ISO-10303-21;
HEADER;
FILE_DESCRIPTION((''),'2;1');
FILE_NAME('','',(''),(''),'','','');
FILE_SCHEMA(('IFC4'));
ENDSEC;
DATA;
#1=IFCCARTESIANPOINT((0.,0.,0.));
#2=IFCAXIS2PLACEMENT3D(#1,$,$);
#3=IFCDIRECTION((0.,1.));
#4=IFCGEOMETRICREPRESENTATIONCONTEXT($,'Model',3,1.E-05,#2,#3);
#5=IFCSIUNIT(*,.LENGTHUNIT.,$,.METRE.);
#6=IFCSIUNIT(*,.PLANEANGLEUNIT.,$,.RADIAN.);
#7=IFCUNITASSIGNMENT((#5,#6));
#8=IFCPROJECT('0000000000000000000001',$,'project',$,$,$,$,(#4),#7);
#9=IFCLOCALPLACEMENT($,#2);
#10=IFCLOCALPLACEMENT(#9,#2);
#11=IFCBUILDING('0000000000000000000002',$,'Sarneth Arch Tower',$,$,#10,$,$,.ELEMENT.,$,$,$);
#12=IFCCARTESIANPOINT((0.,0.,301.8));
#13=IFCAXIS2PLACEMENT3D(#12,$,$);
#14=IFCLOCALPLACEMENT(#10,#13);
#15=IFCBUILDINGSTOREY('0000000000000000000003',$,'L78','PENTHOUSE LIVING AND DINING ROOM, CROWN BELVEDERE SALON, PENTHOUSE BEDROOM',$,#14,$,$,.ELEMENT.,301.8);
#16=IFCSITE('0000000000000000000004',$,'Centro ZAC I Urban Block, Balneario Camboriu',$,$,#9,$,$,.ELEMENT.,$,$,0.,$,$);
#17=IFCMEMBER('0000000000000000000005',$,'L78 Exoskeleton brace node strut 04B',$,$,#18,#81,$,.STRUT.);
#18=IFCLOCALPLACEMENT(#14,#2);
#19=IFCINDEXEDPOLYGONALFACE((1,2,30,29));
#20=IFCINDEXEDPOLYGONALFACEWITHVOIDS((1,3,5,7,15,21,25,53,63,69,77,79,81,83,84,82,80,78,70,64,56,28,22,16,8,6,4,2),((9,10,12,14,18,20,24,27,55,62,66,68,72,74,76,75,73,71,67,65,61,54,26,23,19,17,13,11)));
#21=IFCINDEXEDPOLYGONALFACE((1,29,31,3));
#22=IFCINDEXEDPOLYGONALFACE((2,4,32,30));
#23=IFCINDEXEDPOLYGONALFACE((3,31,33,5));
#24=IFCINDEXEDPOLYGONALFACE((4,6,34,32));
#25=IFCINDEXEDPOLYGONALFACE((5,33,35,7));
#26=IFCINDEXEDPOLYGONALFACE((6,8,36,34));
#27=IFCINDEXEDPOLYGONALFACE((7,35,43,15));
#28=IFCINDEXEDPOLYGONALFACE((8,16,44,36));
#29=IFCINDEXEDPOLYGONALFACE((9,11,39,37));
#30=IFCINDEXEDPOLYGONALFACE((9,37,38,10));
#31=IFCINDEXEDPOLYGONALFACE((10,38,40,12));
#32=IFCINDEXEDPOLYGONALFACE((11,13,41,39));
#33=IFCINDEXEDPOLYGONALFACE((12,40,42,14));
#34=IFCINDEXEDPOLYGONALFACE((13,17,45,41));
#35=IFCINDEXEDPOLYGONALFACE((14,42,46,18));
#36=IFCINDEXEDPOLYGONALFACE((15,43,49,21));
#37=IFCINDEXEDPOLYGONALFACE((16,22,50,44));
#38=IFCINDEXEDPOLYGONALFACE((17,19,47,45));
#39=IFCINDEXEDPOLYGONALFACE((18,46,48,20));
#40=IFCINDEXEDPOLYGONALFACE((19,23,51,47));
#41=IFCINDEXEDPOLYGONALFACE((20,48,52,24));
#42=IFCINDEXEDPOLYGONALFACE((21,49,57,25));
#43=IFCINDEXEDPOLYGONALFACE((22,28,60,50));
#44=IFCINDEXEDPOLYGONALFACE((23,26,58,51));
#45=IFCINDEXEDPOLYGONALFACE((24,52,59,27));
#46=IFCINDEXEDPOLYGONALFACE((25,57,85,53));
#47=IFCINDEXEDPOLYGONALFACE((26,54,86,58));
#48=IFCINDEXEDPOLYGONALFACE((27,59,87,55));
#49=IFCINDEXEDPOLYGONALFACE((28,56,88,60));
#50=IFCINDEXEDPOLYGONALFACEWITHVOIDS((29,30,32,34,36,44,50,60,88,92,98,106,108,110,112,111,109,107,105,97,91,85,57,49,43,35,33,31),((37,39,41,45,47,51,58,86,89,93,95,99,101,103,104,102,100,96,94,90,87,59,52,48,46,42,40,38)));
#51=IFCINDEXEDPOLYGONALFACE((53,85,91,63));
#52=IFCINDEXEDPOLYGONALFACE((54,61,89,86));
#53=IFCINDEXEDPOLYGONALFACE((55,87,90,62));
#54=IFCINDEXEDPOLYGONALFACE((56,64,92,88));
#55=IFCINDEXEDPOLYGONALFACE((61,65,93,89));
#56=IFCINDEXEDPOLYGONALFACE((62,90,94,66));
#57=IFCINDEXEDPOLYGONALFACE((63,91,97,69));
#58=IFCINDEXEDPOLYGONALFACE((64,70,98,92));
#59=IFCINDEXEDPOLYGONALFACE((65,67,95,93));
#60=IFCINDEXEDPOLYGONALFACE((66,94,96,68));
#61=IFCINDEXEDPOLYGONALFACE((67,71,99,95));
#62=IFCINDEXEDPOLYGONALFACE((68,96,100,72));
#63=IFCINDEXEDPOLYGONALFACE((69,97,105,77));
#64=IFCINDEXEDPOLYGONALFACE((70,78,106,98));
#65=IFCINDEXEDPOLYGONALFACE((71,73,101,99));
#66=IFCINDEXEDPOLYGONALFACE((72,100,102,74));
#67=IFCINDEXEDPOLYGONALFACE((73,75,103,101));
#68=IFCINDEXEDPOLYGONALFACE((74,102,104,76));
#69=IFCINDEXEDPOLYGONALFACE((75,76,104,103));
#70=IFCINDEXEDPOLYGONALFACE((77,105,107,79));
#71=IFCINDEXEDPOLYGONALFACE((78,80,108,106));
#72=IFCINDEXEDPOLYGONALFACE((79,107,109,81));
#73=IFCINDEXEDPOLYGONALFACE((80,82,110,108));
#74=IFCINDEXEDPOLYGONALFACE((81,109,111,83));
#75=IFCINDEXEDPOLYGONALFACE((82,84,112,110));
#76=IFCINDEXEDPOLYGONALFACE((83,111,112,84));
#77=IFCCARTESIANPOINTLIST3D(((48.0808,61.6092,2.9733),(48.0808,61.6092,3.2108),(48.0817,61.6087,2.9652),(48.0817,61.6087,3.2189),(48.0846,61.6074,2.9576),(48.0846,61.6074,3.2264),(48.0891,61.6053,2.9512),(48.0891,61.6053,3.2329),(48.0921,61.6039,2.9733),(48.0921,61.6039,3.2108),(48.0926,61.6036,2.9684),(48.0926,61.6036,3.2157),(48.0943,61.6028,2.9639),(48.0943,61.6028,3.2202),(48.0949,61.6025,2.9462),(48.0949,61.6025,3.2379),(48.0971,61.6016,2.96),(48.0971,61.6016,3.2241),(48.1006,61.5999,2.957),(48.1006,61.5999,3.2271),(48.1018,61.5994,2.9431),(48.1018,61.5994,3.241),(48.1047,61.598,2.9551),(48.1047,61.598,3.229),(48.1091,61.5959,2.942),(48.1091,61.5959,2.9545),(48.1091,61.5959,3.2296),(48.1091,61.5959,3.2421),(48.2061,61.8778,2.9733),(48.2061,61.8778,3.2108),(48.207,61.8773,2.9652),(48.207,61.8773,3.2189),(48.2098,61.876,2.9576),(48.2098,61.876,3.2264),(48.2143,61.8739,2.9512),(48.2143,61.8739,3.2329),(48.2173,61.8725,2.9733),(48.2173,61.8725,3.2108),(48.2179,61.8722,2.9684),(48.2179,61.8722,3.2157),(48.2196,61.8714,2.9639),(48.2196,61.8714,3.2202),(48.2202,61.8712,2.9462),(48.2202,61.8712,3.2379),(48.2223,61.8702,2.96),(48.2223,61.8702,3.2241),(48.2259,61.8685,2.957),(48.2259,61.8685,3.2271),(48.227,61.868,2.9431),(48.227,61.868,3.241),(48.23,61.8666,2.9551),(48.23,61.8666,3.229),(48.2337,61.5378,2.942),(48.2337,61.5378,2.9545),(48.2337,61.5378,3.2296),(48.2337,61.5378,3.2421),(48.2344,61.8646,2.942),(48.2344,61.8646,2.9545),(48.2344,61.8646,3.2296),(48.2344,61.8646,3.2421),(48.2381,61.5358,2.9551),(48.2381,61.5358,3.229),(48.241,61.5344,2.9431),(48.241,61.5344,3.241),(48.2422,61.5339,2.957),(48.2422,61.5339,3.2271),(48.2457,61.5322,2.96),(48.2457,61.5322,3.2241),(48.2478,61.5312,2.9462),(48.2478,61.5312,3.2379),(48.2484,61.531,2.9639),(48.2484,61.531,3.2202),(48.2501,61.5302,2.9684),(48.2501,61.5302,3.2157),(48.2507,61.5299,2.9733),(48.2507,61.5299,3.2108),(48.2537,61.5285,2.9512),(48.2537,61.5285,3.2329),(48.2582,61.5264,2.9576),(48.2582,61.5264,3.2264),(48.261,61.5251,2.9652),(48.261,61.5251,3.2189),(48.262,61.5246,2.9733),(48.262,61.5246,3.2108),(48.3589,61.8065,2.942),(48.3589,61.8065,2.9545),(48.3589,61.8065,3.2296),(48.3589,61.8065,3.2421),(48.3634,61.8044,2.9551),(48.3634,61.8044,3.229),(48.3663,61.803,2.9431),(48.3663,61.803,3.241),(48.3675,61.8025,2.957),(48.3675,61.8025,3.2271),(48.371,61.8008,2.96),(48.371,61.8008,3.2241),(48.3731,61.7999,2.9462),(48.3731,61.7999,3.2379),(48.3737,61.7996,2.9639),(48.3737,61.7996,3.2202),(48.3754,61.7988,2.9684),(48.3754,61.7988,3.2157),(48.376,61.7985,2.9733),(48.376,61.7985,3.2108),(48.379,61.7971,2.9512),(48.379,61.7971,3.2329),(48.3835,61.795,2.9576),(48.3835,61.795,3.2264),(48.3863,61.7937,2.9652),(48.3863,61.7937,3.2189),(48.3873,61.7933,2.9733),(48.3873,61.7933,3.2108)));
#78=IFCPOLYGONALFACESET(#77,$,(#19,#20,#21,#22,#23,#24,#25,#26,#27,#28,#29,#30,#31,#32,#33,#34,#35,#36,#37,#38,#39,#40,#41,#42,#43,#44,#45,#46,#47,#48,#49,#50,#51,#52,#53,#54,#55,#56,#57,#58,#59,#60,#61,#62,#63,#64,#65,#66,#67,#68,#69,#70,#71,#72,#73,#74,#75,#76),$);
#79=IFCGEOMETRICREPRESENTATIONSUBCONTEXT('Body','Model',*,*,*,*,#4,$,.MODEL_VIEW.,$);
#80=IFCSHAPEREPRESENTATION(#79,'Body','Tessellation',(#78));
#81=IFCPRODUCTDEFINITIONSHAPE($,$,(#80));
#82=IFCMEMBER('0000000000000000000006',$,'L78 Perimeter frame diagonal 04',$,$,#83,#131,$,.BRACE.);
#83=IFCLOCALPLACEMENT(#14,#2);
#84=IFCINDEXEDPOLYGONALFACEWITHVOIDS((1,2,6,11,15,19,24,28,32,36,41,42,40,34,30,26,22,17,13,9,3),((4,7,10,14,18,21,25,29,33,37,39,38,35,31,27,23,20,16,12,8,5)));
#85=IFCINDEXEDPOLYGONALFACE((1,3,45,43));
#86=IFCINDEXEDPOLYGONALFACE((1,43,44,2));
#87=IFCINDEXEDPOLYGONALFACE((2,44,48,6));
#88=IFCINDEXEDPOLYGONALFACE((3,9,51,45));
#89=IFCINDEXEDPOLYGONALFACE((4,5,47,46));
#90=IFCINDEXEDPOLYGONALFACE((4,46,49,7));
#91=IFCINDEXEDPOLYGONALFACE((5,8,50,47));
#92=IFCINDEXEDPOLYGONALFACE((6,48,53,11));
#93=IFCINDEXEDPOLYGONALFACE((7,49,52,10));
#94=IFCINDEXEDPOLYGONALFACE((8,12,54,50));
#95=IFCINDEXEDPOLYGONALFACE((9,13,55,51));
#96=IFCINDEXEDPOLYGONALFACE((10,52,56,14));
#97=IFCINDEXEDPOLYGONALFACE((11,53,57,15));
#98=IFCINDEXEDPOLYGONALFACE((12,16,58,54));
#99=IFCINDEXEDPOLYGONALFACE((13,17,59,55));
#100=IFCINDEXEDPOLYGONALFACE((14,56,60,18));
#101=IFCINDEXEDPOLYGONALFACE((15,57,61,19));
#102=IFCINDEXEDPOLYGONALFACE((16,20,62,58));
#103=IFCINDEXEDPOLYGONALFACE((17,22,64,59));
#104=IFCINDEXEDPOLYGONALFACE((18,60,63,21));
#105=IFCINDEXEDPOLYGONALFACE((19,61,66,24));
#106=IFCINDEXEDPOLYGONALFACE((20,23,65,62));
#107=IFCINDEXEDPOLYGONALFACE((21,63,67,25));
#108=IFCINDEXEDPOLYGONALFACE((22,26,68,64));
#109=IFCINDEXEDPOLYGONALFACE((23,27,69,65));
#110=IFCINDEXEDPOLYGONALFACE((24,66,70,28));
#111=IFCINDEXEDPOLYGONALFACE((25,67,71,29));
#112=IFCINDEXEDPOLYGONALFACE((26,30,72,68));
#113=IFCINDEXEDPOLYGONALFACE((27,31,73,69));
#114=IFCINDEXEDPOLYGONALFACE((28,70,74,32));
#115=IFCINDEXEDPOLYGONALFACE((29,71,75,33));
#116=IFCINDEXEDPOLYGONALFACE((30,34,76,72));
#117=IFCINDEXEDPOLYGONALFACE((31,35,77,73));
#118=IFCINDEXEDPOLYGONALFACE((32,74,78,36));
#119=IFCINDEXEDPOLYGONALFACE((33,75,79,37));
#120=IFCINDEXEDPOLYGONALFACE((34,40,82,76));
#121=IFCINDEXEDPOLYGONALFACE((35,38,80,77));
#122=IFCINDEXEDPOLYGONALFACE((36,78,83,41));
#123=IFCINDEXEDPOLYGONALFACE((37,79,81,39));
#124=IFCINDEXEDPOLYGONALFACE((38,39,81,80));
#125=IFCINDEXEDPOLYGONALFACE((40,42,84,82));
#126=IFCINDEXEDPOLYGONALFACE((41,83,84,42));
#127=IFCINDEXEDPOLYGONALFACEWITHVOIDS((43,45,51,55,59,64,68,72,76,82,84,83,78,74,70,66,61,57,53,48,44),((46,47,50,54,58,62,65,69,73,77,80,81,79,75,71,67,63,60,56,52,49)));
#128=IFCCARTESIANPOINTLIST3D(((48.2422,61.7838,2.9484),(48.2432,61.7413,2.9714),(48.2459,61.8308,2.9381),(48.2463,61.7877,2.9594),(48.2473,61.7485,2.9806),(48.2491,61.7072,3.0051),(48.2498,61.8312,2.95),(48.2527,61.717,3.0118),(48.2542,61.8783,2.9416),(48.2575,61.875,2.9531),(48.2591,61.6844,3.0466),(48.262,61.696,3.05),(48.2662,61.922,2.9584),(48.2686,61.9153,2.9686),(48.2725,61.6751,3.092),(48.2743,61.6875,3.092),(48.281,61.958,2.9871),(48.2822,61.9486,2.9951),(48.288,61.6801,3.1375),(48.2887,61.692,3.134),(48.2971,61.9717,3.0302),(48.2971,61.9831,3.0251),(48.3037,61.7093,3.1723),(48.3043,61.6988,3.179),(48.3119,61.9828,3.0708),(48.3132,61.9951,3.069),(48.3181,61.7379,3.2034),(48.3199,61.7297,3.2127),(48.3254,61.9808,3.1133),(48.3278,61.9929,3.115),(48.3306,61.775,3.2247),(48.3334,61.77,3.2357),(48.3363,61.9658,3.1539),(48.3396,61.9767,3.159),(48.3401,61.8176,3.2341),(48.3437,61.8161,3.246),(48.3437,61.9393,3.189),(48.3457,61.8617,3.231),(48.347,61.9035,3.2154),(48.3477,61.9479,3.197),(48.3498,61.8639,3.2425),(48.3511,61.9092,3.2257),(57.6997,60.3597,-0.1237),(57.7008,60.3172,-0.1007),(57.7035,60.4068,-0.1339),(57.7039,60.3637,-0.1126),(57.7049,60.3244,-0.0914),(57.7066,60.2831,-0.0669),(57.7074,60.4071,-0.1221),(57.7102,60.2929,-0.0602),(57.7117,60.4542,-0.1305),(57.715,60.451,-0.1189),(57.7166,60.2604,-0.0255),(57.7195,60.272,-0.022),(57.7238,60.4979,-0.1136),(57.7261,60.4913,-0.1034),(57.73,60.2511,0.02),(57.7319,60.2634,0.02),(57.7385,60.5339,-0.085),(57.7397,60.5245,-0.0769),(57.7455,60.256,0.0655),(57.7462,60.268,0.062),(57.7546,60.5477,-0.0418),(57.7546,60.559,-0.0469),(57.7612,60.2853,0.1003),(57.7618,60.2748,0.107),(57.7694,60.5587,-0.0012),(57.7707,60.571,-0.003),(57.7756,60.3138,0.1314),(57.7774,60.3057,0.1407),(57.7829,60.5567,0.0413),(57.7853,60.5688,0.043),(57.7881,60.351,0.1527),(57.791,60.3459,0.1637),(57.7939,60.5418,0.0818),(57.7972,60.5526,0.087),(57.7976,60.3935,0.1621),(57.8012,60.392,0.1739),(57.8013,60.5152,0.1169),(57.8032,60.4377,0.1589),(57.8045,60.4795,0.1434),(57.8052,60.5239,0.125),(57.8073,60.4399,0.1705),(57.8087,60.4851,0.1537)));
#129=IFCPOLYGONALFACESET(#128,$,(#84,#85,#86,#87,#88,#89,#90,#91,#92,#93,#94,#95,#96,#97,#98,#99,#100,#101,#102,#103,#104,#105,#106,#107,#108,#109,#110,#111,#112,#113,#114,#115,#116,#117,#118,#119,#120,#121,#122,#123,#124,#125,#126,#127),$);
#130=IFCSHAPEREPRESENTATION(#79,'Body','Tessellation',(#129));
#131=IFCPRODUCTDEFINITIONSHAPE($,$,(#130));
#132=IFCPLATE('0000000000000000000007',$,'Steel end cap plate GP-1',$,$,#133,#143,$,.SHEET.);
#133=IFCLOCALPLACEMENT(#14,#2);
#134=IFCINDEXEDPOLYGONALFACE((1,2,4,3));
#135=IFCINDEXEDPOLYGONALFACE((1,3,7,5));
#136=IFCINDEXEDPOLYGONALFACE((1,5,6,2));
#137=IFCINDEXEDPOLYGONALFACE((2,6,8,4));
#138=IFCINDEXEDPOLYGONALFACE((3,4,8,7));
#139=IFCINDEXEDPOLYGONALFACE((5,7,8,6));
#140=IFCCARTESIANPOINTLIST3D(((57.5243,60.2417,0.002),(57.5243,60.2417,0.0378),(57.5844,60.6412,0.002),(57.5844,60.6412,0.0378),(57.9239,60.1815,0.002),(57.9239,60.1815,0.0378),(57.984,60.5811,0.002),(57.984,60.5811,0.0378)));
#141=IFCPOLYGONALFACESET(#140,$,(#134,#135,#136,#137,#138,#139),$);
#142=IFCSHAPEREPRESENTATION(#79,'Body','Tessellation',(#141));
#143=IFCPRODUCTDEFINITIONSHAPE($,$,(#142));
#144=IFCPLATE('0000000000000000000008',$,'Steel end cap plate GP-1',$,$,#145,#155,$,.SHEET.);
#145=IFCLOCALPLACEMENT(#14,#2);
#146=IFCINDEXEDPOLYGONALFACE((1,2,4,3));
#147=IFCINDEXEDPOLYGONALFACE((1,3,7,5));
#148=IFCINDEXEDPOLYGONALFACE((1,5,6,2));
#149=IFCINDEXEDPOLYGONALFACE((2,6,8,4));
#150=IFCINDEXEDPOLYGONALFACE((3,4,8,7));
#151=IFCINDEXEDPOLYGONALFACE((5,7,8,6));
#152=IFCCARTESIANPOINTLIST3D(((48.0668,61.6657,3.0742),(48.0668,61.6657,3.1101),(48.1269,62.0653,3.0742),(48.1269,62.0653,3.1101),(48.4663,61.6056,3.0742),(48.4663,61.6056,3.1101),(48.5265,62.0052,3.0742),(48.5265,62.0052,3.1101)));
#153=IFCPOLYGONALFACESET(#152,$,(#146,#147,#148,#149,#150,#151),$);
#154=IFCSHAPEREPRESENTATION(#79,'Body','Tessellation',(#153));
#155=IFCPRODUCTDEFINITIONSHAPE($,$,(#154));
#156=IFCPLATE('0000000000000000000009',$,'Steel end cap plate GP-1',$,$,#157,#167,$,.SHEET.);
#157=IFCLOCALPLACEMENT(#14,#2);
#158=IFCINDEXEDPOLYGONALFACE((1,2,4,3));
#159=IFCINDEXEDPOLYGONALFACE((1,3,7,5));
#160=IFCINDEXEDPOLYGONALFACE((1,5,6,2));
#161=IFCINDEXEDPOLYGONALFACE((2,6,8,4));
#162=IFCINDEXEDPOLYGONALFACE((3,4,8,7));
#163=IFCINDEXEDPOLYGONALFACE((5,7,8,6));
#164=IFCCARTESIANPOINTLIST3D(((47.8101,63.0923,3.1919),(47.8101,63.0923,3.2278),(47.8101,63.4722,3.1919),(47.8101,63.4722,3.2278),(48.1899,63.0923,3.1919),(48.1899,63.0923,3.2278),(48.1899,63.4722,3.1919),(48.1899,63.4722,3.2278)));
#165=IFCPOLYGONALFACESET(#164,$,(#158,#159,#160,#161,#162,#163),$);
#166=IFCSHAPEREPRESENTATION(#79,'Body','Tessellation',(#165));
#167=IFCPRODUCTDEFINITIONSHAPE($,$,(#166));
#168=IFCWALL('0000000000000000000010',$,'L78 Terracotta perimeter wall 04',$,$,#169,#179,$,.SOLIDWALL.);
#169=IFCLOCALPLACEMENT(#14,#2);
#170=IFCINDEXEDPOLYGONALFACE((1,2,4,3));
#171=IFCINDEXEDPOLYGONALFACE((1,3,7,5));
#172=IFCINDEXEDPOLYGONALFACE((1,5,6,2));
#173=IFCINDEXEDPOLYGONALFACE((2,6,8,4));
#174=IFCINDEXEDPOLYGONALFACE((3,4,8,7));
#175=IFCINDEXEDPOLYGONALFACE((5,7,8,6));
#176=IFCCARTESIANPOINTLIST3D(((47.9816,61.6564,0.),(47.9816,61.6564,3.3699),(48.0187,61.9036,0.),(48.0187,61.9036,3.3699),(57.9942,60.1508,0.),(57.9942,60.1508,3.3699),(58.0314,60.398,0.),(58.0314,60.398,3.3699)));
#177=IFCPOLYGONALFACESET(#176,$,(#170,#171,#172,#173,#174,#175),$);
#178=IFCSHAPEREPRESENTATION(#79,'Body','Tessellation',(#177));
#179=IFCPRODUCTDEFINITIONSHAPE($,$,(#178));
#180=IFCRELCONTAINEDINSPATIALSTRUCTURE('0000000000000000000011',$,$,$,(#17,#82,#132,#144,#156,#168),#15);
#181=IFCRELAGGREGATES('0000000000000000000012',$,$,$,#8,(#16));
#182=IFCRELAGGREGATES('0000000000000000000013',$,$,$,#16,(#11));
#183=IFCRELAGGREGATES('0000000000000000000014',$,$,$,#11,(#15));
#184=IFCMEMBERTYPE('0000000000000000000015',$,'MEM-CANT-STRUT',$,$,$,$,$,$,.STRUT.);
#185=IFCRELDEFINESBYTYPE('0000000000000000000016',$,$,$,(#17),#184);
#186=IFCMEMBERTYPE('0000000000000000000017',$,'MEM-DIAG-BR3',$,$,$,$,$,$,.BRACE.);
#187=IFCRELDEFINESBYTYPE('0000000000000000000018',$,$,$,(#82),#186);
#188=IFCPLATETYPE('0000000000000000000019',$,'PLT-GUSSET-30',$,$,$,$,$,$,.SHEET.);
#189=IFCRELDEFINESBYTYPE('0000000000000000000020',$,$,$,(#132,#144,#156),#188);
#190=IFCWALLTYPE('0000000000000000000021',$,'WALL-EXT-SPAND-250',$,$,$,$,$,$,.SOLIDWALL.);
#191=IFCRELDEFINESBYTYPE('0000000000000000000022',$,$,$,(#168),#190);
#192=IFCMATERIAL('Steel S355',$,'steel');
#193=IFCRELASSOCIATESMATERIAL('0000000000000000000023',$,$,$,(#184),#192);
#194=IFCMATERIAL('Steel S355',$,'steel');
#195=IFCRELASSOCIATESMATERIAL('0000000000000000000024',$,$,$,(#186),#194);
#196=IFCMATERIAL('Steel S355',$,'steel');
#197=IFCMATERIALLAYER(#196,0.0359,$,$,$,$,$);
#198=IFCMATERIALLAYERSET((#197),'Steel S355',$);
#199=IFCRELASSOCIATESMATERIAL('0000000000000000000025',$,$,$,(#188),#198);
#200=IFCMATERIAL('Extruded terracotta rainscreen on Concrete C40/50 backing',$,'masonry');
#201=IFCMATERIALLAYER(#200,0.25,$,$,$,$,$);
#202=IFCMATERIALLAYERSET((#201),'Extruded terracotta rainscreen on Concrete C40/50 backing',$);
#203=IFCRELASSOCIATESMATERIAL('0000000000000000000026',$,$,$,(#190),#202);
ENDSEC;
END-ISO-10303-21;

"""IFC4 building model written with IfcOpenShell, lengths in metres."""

from ifc_helpers import new_model, si_unit, direction, frame, frame_2d, origin, origin_2d, place, context, subcontext, project, spatial, rectangle, hollow_rectangle, hollow_circle, extrude, material, layer, layer_set, material_profile, profile_set, type_object, element, save


model = new_model("IFC4")

# Units and contexts
model_context = context("Model", 3, precision=1e-05, world=origin(), true_north=direction((0.0, 1.0)))
body_context = subcontext(model_context, "Body", "Model", "MODEL_VIEW")
ifc_project = project(units=[si_unit("LENGTHUNIT", "METRE"), si_unit("PLANEANGLEUNIT", "RADIAN")], contexts=[model_context])

# Site, building, storey
site_placement = place(None, origin())
site = spatial("IfcSite", under=ifc_project, at=site_placement, Name="Centro ZAC I Urban Block, Balneario Camboriu", CompositionType="ELEMENT", RefElevation=0.0)
building_placement = place(site_placement, origin())
building = spatial("IfcBuilding", under=site, at=building_placement, Name="Sarneth Arch Tower", CompositionType="ELEMENT")
storey_placement = place(building_placement, frame((0.0, 0.0, 301.8)))
storey = spatial("IfcBuildingStorey", under=building, at=storey_placement, Name="L78", Description="PENTHOUSE LIVING AND DINING ROOM, CROWN BELVEDERE SALON, PENTHOUSE BEDROOM", CompositionType="ELEMENT", Elevation=301.8)

# Members
ifc_material_1 = material(Name="Steel S355", Category="steel")
ifc_material_profile_1 = material_profile(ifc_material_1, hollow_rectangle(XDim=0.2, YDim=0.3, WallThickness=0.0125, InnerFilletRadius=0.0188, OuterFilletRadius=0.0312, at=origin_2d()), Name="RHS300x200x12.5")
ifc_profile_set_1 = profile_set([ifc_material_profile_1], Name="Steel S355")
member_type_1 = type_object("IfcMemberType", Name="MEM-CANT-STRUT", PredefinedType="STRUT", material=ifc_profile_set_1)
member_1_placement = place(storey_placement, frame((48.1714, 61.5669, 3.092), z_axis=(0.42266, 0.906288, 0.0), x_axis=(-0.906288, 0.42266, 0.0)))
element("IfcMember", 1, at=member_1_placement, inside=storey, type_object=member_type_1, Name="L78 Exoskeleton brace node strut 04B", PredefinedType="STRUT", context=body_context, shape_type="SweptSolid", body=[
    extrude(hollow_rectangle(XDim=0.2, YDim=0.3, WallThickness=0.0125, InnerFilletRadius=0.0188, OuterFilletRadius=0.0312, at=origin_2d()), origin(), (0.0, 0.0, 1.0), 0.2964),
])
ifc_material_2 = material(Name="Steel S355", Category="steel")
ifc_material_profile_2 = material_profile(ifc_material_2, hollow_circle(Radius=0.1621, WallThickness=0.0125, at=origin_2d()), Name="CHS324x12.5")
ifc_profile_set_2 = profile_set([ifc_material_profile_2], Name="Steel S355")
member_type_2 = type_object("IfcMemberType", Name="MEM-DIAG-BR3", PredefinedType="BRACE", material=ifc_profile_set_2)
member_2_placement = place(storey_placement, frame((57.7542, 60.4114, 0.02), z_axis=(-0.941478, 0.141764, 0.305814), x_axis=(-0.148897, -0.988853, 0.0)))
element("IfcMember", 2, at=member_2_placement, inside=storey, type_object=member_type_2, Name="L78 Perimeter frame diagonal 04", PredefinedType="BRACE", context=body_context, shape_type="SweptSolid", body=[
    extrude(hollow_circle(Radius=0.1621, WallThickness=0.0125, at=origin_2d()), origin(), (0.0, 0.0, 1.0), 10.0454),
])

# Plates
ifc_material_3 = material(Name="Steel S355", Category="steel")
ifc_layer_1 = layer(ifc_material_3, 0.0359)
ifc_layer_set_1 = layer_set([ifc_layer_1], Name="Steel S355")
plate_type = type_object("IfcPlateType", Name="PLT-GUSSET-30", PredefinedType="SHEET", material=ifc_layer_set_1)
for number, where, z_axis, x_axis, name in (
    (3, (57.7542, 60.4114, 0.002), (0.0, 0.0, 1.0), (-0.988861, 0.148845, 0.0), "Steel end cap plate GP-1"),
    (4, (48.2966, 61.8354, 3.0742), (0.0, 0.0, 1.0), (-0.988861, 0.148845, 0.0), "Steel end cap plate GP-1"),
):
    element("IfcPlate", number, at=place(storey_placement, frame(where, z_axis=z_axis, x_axis=x_axis)), inside=storey, type_object=plate_type, Name=name, PredefinedType="SHEET", context=body_context, shape_type="SweptSolid", body=[
        extrude(rectangle(XDim=0.4041, YDim=0.4041, at=origin_2d()), origin(), (0.0, 0.0, 1.0), 0.0359),
    ])
plate_placement = place(storey_placement, frame((48.0, 63.2822, 3.1919), z_axis=(0.0, 0.0, 1.0), x_axis=(0.0, 1.0, 0.0)))
element("IfcPlate", 5, at=plate_placement, inside=storey, type_object=plate_type, Name="Steel end cap plate GP-1", PredefinedType="SHEET", context=body_context, shape_type="SweptSolid", body=[
    extrude(rectangle(XDim=0.3799, YDim=0.3799, at=origin_2d()), origin(), (0.0, 0.0, 1.0), 0.0359),
])

# Wall
ifc_material_4 = material(Name="Extruded terracotta rainscreen on Concrete C40/50 backing", Category="masonry")
ifc_layer_2 = layer(ifc_material_4, 0.25)
ifc_layer_set_2 = layer_set([ifc_layer_2], Name="Extruded terracotta rainscreen on Concrete C40/50 backing")
wall_type_1 = type_object("IfcWallType", Name="WALL-EXT-SPAND-250", PredefinedType="SOLIDWALL", material=ifc_layer_set_2)
wall_1_placement = place(storey_placement, frame((58.0127, 60.2744, 0.0), z_axis=(0.0, 0.0, 1.0), x_axis=(-0.988883, 0.148699, 0.0)))
element("IfcWall", 6, at=wall_1_placement, inside=storey, type_object=wall_type_1, Name="L78 Terracotta perimeter wall 04", PredefinedType="SOLIDWALL", context=body_context, shape_type="SweptSolid", body=[
    extrude(rectangle(XDim=10.1252, YDim=0.25, at=frame_2d((5.0625, 0.0))), origin(), (0.0, 0.0, 1.0), 3.3699),
])

save(model, "model.ifc")
